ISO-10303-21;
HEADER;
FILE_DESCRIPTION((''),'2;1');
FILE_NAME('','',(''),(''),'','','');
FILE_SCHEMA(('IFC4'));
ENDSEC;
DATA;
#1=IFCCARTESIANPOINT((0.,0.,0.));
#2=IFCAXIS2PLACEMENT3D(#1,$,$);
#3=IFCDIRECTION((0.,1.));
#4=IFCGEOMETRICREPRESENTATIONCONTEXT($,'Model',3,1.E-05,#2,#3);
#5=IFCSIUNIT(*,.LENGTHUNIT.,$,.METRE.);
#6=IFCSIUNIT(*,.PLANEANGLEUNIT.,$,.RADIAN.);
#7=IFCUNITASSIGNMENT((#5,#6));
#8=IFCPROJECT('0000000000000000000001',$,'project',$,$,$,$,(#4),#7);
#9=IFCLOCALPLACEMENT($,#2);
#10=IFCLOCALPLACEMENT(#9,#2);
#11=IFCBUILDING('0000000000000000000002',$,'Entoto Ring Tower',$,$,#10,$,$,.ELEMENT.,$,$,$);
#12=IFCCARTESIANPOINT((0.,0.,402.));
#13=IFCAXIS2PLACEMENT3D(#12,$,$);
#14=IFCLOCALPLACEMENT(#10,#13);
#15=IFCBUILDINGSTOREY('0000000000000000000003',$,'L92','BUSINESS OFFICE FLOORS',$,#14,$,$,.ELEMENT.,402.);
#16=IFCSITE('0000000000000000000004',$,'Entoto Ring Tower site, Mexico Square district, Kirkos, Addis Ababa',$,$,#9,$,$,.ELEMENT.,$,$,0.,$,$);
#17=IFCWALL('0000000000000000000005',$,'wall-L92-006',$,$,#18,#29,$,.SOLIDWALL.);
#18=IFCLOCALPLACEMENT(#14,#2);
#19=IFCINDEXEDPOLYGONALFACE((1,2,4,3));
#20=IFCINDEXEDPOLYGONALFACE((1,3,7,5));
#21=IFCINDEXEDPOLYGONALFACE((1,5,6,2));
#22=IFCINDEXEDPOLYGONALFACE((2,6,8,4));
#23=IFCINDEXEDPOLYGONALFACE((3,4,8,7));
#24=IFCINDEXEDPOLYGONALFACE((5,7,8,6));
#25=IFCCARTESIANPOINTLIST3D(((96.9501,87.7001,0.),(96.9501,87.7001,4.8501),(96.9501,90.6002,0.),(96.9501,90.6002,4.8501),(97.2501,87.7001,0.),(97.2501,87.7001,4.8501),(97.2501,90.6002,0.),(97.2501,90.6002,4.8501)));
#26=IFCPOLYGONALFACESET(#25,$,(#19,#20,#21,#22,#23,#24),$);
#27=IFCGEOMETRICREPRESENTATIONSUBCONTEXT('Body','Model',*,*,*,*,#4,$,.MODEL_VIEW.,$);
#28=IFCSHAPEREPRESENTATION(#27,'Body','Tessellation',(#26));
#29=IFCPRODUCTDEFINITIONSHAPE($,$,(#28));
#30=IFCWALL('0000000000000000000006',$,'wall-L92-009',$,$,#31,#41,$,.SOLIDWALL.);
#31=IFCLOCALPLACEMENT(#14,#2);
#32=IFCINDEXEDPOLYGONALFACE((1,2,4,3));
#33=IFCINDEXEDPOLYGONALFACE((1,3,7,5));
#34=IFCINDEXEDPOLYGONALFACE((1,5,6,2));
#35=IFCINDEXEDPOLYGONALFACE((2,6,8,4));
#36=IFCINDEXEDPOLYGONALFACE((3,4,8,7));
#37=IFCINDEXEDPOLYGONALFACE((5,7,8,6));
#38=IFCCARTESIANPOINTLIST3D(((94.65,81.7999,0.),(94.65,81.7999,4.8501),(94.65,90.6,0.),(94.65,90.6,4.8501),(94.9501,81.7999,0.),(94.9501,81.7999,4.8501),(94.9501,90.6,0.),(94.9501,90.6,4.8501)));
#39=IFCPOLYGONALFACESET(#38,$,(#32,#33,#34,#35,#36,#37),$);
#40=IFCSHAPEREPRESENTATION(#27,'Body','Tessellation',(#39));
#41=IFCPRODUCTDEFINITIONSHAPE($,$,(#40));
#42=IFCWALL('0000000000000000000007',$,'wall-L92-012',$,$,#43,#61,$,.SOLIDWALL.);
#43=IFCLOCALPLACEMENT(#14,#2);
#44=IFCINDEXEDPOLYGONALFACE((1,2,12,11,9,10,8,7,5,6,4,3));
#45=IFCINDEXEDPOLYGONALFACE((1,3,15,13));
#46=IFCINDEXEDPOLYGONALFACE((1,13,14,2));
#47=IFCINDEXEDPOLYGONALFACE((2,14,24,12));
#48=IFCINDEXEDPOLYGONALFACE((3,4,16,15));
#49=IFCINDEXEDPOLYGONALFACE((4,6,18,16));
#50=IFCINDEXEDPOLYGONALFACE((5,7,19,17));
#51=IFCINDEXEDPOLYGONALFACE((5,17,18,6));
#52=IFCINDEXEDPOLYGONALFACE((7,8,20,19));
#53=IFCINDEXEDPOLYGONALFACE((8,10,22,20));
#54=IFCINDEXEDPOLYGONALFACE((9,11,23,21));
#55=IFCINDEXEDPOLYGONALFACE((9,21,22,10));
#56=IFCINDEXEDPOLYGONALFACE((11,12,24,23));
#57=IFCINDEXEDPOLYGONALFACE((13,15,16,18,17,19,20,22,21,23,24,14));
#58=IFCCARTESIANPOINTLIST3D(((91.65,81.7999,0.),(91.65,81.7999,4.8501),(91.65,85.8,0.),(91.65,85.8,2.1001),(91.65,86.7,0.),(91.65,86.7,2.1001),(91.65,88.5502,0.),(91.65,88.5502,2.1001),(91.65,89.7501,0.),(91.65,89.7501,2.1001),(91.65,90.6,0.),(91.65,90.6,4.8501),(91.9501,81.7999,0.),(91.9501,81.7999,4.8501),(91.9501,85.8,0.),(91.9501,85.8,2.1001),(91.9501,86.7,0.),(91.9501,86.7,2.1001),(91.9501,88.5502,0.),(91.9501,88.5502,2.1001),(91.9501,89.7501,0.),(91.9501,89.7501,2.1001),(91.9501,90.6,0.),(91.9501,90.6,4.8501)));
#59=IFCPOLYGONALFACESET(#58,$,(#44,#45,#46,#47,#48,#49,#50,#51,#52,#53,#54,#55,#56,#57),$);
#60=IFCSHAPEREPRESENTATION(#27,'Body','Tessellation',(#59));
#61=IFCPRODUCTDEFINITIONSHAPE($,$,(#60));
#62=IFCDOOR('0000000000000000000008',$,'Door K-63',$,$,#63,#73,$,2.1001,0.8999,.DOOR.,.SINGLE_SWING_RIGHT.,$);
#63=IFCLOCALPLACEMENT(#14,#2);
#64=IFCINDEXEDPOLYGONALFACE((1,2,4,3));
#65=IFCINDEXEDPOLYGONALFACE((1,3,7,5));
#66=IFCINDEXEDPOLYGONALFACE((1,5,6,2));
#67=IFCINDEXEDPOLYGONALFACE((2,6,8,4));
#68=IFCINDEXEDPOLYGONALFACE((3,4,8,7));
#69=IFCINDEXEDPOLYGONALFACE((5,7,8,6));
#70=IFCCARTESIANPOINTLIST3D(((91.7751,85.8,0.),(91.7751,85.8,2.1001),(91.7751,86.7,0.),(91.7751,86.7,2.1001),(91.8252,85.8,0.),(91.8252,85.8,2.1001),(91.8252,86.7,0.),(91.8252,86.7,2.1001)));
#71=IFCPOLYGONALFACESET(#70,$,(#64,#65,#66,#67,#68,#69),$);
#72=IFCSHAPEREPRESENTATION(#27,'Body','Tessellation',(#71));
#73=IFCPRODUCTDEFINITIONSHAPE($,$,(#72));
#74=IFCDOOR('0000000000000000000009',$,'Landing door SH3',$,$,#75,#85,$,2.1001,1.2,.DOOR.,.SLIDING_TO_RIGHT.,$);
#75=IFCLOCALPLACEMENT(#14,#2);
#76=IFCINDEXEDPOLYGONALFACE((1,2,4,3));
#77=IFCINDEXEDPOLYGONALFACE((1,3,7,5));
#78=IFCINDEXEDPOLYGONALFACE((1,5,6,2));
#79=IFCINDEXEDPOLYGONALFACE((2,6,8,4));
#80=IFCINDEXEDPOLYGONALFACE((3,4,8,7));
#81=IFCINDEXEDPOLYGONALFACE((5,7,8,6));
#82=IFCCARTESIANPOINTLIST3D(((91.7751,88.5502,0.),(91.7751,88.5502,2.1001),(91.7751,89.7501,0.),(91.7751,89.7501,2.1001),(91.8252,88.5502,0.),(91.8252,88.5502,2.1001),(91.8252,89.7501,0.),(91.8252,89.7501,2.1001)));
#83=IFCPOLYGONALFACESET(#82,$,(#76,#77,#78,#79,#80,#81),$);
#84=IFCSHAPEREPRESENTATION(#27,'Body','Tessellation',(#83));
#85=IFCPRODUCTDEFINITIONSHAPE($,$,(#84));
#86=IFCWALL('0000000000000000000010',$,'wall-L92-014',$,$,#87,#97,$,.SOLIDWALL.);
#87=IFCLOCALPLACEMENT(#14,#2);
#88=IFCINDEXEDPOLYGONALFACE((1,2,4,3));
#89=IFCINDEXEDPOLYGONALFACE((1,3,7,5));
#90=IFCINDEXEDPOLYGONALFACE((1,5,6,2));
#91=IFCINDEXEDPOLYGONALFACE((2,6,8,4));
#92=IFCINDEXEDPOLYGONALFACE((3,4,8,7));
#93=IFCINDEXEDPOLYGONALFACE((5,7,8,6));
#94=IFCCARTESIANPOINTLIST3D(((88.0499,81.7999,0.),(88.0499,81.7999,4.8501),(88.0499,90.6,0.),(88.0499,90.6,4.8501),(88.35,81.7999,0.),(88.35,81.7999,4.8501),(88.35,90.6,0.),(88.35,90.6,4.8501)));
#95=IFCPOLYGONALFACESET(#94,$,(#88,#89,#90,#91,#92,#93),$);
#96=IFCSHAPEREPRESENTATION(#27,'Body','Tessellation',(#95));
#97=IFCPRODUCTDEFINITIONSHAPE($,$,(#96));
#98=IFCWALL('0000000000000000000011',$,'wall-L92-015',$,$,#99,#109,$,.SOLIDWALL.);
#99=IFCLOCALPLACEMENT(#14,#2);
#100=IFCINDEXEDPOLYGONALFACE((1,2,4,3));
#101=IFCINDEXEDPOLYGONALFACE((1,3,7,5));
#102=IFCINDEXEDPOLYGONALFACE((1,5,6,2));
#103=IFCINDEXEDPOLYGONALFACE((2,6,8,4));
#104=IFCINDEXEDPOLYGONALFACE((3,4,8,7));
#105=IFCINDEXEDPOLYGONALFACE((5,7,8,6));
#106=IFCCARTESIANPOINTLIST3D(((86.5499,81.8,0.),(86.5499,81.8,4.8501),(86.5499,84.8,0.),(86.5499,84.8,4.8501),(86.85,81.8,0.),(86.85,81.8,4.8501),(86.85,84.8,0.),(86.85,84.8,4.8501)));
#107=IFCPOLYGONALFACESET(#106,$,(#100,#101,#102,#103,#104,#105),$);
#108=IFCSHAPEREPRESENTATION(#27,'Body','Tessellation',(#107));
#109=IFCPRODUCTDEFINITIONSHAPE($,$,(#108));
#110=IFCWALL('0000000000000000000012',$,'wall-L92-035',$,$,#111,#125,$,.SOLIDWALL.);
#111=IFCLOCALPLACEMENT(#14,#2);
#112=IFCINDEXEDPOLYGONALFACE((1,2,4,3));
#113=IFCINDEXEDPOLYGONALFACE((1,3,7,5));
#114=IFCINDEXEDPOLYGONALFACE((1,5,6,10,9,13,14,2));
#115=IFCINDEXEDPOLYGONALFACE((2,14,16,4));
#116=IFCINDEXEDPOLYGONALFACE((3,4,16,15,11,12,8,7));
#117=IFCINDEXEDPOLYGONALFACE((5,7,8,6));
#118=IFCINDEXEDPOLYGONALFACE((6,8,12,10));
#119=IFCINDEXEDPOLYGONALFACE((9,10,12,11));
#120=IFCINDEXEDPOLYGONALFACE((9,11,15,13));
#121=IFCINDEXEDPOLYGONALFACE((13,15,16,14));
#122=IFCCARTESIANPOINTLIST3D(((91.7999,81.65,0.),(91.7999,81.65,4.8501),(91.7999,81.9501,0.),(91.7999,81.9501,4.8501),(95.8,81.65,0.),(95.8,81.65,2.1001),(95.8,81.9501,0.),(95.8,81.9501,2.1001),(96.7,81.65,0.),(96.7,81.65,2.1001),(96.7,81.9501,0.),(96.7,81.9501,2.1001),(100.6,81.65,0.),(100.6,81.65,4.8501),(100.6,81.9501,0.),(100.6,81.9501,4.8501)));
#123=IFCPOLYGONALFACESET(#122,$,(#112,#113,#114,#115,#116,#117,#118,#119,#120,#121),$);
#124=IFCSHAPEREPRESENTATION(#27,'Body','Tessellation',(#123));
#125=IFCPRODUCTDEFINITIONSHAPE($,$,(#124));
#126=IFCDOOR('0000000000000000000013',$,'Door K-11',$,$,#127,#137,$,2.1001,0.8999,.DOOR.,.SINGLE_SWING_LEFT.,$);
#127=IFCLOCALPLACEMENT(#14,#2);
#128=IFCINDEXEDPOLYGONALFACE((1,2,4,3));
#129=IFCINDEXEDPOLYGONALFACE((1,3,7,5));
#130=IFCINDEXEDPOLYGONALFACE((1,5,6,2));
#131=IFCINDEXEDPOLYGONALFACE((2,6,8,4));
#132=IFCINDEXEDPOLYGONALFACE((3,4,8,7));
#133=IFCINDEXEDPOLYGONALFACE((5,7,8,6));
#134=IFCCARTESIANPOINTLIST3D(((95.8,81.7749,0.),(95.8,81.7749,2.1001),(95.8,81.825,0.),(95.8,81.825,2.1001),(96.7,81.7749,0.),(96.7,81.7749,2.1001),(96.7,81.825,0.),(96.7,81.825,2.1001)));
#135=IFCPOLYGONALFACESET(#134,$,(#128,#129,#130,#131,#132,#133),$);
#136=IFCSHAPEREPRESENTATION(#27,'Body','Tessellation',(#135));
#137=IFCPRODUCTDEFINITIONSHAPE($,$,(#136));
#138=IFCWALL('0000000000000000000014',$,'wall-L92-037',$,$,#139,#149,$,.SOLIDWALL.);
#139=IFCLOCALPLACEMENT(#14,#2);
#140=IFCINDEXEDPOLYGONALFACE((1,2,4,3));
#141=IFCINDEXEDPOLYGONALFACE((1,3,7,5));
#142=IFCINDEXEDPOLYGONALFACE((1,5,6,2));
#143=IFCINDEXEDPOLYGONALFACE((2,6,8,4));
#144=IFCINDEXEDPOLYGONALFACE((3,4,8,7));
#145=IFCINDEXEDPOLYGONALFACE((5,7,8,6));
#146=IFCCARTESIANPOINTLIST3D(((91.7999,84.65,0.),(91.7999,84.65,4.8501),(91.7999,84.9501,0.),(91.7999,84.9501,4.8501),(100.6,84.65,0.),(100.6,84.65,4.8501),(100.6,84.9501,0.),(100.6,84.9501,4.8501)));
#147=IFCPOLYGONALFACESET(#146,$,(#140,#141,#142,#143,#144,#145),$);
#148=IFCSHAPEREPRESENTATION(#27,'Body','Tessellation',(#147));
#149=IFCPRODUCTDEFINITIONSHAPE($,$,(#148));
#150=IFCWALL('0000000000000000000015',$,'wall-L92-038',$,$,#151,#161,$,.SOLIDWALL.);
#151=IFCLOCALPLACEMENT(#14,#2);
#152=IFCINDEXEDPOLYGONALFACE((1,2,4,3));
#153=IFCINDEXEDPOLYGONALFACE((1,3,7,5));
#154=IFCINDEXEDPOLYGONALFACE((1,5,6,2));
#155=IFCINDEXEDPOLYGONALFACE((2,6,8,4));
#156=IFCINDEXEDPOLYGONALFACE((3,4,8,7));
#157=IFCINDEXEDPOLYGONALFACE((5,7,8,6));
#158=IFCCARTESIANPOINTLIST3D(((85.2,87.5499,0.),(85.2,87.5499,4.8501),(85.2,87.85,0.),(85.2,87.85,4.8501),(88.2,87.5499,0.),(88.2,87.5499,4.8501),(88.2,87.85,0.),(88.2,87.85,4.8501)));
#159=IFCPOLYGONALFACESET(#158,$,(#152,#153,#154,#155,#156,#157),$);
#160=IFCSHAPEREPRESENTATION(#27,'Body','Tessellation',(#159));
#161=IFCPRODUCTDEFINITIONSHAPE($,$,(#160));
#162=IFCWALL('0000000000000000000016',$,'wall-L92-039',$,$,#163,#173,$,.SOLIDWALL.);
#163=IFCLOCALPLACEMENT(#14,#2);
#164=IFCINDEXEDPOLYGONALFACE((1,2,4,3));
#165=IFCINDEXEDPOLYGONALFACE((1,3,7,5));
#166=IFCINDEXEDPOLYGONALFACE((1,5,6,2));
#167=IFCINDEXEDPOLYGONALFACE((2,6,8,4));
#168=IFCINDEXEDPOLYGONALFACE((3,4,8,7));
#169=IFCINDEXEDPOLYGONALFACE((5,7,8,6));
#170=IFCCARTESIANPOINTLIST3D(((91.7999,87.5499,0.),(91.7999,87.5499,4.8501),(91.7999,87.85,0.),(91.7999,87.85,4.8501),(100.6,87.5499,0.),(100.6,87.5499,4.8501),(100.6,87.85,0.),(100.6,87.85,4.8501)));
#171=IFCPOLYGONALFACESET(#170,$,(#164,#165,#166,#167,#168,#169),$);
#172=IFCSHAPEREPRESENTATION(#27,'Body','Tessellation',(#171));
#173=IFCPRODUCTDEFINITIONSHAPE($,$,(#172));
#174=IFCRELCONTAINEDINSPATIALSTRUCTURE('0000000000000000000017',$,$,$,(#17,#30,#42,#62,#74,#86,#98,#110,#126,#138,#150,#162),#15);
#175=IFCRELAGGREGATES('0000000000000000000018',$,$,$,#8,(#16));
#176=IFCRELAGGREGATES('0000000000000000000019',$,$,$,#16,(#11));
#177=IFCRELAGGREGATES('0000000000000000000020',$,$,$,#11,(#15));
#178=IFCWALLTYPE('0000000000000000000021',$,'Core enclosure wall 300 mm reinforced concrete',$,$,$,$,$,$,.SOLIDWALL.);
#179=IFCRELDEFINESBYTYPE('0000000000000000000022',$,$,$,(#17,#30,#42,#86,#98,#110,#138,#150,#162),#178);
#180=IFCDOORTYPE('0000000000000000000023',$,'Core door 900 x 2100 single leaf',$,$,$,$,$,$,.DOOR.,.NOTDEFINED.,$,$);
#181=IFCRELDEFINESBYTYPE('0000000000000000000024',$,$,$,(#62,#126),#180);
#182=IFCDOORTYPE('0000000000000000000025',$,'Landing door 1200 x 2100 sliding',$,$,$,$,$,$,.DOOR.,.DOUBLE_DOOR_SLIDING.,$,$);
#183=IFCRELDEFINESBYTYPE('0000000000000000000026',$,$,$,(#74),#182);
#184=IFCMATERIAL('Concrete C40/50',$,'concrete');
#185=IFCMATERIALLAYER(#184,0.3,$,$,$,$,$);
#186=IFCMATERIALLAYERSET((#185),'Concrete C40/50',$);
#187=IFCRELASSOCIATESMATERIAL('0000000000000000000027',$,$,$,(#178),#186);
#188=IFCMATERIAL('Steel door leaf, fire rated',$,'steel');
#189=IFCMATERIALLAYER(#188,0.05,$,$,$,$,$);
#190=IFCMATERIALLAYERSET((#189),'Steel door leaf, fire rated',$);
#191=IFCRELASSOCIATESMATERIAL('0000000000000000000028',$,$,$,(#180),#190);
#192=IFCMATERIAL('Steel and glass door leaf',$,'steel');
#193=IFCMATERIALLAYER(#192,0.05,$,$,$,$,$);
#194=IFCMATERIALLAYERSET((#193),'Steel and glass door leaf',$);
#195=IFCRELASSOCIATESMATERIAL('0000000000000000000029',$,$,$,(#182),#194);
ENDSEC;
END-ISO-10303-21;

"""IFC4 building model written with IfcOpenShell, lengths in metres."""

from ifc_helpers import new_model, si_unit, direction, frame, frame_2d, origin, place, context, subcontext, project, spatial, rectangle, extrude, material, layer, layer_set, type_object, element, fill, save


model = new_model("IFC4")

# Units and contexts
model_context = context("Model", 3, precision=1e-05, world=origin(), true_north=direction((0.0, 1.0)))
body_context = subcontext(model_context, "Body", "Model", "MODEL_VIEW")
ifc_project = project(units=[si_unit("LENGTHUNIT", "METRE"), si_unit("PLANEANGLEUNIT", "RADIAN")], contexts=[model_context])

# Site, building, storey
site_placement = place(None, origin())
site = spatial("IfcSite", under=ifc_project, at=site_placement, Name="Entoto Ring Tower site, Mexico Square district, Kirkos, Addis Ababa", CompositionType="ELEMENT", RefElevation=0.0)
building_placement = place(site_placement, origin())
building = spatial("IfcBuilding", under=site, at=building_placement, Name="Entoto Ring Tower", CompositionType="ELEMENT")
storey_placement = place(building_placement, frame((0.0, 0.0, 402.0)))
storey = spatial("IfcBuildingStorey", under=building, at=storey_placement, Name="L92", Description="BUSINESS OFFICE FLOORS", CompositionType="ELEMENT", Elevation=402.0)

# Walls
ifc_material_1 = material(Name="Concrete C40/50", Category="concrete")
ifc_layer_1 = layer(ifc_material_1, 0.3)
ifc_layer_set_1 = layer_set([ifc_layer_1], Name="Concrete C40/50")
wall_type = type_object("IfcWallType", Name="Core enclosure wall 300 mm reinforced concrete", PredefinedType="SOLIDWALL", material=ifc_layer_set_1)
wall_1_placement = place(storey_placement, frame((97.1001, 87.7, 0.0), z_axis=(0.0, 0.0, 1.0), x_axis=(0.0, 1.0, 0.0)))
element("IfcWall", 1, at=wall_1_placement, inside=storey, type_object=wall_type, Name="wall-L92-006", PredefinedType="SOLIDWALL", context=body_context, shape_type="SweptSolid", body=[
    extrude(rectangle(XDim=2.9001, YDim=0.3, at=frame_2d((1.4502, 0.0))), origin(), (0.0, 0.0, 1.0), 4.8501),
])
wall_2_placement = place(storey_placement, frame((94.8, 81.8, 0.0), z_axis=(0.0, 0.0, 1.0), x_axis=(0.0, 1.0, 0.0)))
element("IfcWall", 2, at=wall_2_placement, inside=storey, type_object=wall_type, Name="wall-L92-009", PredefinedType="SOLIDWALL", context=body_context, shape_type="SweptSolid", body=[
    extrude(rectangle(XDim=8.8, YDim=0.3, at=frame_2d((4.3999, 0.0))), origin(), (0.0, 0.0, 1.0), 4.8501),
])

# Wall, openings, doors
wall_3_placement = place(storey_placement, frame((91.8, 81.8, 0.0), z_axis=(0.0, 0.0, 1.0), x_axis=(0.0, 1.0, 0.0)))
wall_3 = element("IfcWall", 3, at=wall_3_placement, inside=storey, type_object=wall_type, Name="wall-L92-012", PredefinedType="SOLIDWALL", context=body_context, shape_type="SweptSolid", body=[
    extrude(rectangle(XDim=8.8, YDim=0.3, at=frame_2d((4.3999, 0.0))), origin(), (0.0, 0.0, 1.0), 4.8501),
])
opening_1_placement = place(wall_3_placement, frame((6.75, 0.0, 0.0)))
opening_1 = element("IfcOpeningElement", 4, at=opening_1_placement, cuts=wall_3, PredefinedType="OPENING", context=body_context, shape_type="SweptSolid", body=[
    extrude(rectangle(XDim=1.2, YDim=2.1001, at=frame_2d((0.6001, 1.05))), frame((0.0, 0.1602, 0.0), z_axis=(0.0, -1.0, 0.0), x_axis=(1.0, 0.0, 0.0)), (0.0, 0.0, 1.0), 0.3201),
])
opening_2_placement = place(wall_3_placement, frame((4.0, 0.0, 0.0)))
opening_2 = element("IfcOpeningElement", 5, at=opening_2_placement, cuts=wall_3, PredefinedType="OPENING", context=body_context, shape_type="SweptSolid", body=[
    extrude(rectangle(XDim=0.8999, YDim=2.1001, at=frame_2d((0.45, 1.05))), frame((0.0, 0.1602, 0.0), z_axis=(0.0, -1.0, 0.0), x_axis=(1.0, 0.0, 0.0)), (0.0, 0.0, 1.0), 0.3201),
])
ifc_material_2 = material(Name="Steel door leaf, fire rated", Category="steel")
ifc_layer_2 = layer(ifc_material_2, 0.05)
ifc_layer_set_2 = layer_set([ifc_layer_2], Name="Steel door leaf, fire rated")
door_type_1 = type_object("IfcDoorType", Name="Core door 900 x 2100 single leaf", OperationType="NOTDEFINED", PredefinedType="DOOR", material=ifc_layer_set_2)
door_1_placement = place(opening_2_placement, origin())
door_1 = element("IfcDoor", 6, at=door_1_placement, inside=storey, type_object=door_type_1, Name="Door K-63", OperationType="SINGLE_SWING_RIGHT", OverallHeight=2.1001, OverallWidth=0.8999, PredefinedType="DOOR", context=body_context, shape_type="SweptSolid", body=[
    extrude(rectangle(XDim=0.8999, YDim=2.1001, at=frame_2d((0.45, 1.05))), frame((0.0, 0.0249, 0.0), z_axis=(0.0, -1.0, 0.0), x_axis=(1.0, 0.0, 0.0)), (0.0, 0.0, 1.0), 0.05),
])
fill(opening_2, door_1)
ifc_material_3 = material(Name="Steel and glass door leaf", Category="steel")
ifc_layer_3 = layer(ifc_material_3, 0.05)
ifc_layer_set_3 = layer_set([ifc_layer_3], Name="Steel and glass door leaf")
door_type_2 = type_object("IfcDoorType", Name="Landing door 1200 x 2100 sliding", OperationType="DOUBLE_DOOR_SLIDING", PredefinedType="DOOR", material=ifc_layer_set_3)
door_2_placement = place(opening_1_placement, origin())
door_2 = element("IfcDoor", 7, at=door_2_placement, inside=storey, type_object=door_type_2, Name="Landing door SH3", OperationType="SLIDING_TO_RIGHT", OverallHeight=2.1001, OverallWidth=1.2, PredefinedType="DOOR", context=body_context, shape_type="SweptSolid", body=[
    extrude(rectangle(XDim=1.2, YDim=2.1001, at=frame_2d((0.6001, 1.05))), frame((0.0, 0.0249, 0.0), z_axis=(0.0, -1.0, 0.0), x_axis=(1.0, 0.0, 0.0)), (0.0, 0.0, 1.0), 0.05),
])
fill(opening_1, door_2)

# Walls
wall_4_placement = place(storey_placement, frame((88.2, 81.8, 0.0), z_axis=(0.0, 0.0, 1.0), x_axis=(0.0, 1.0, 0.0)))
element("IfcWall", 8, at=wall_4_placement, inside=storey, type_object=wall_type, Name="wall-L92-014", PredefinedType="SOLIDWALL", context=body_context, shape_type="SweptSolid", body=[
    extrude(rectangle(XDim=8.8, YDim=0.3, at=frame_2d((4.3999, 0.0))), origin(), (0.0, 0.0, 1.0), 4.8501),
])
wall_5_placement = place(storey_placement, frame((86.7, 81.8, 0.0), z_axis=(0.0, 0.0, 1.0), x_axis=(0.0, 1.0, 0.0)))
element("IfcWall", 9, at=wall_5_placement, inside=storey, type_object=wall_type, Name="wall-L92-015", PredefinedType="SOLIDWALL", context=body_context, shape_type="SweptSolid", body=[
    extrude(rectangle(XDim=3.0, YDim=0.3, at=frame_2d((1.5, 0.0))), origin(), (0.0, 0.0, 1.0), 4.8501),
])

# Wall, opening, door
wall_6_placement = place(storey_placement, frame((91.8, 81.8, 0.0), z_axis=(0.0, 0.0, 1.0), x_axis=(1.0, 0.0, 0.0)))
wall_6 = element("IfcWall", 10, at=wall_6_placement, inside=storey, type_object=wall_type, Name="wall-L92-035", PredefinedType="SOLIDWALL", context=body_context, shape_type="SweptSolid", body=[
    extrude(rectangle(XDim=8.8, YDim=0.3, at=frame_2d((4.3999, 0.0))), origin(), (0.0, 0.0, 1.0), 4.8501),
])
opening_3_placement = place(wall_6_placement, frame((4.0, 0.0, 0.0)))
opening_3 = element("IfcOpeningElement", 11, at=opening_3_placement, cuts=wall_6, PredefinedType="OPENING", context=body_context, shape_type="SweptSolid", body=[
    extrude(rectangle(XDim=0.8999, YDim=2.1001, at=frame_2d((0.45, 1.05))), frame((0.0, 0.1602, 0.0), z_axis=(0.0, -1.0, 0.0), x_axis=(1.0, 0.0, 0.0)), (0.0, 0.0, 1.0), 0.3201),
])
door_3_placement = place(opening_3_placement, origin())
door_3 = element("IfcDoor", 12, at=door_3_placement, inside=storey, type_object=door_type_1, Name="Door K-11", OperationType="SINGLE_SWING_LEFT", OverallHeight=2.1001, OverallWidth=0.8999, PredefinedType="DOOR", context=body_context, shape_type="SweptSolid", body=[
    extrude(rectangle(XDim=0.8999, YDim=2.1001, at=frame_2d((0.45, 1.05))), frame((0.0, 0.0249, 0.0), z_axis=(0.0, -1.0, 0.0), x_axis=(1.0, 0.0, 0.0)), (0.0, 0.0, 1.0), 0.05),
])
fill(opening_3, door_3)

# Walls
wall_7_placement = place(storey_placement, frame((91.8, 84.8, 0.0), z_axis=(0.0, 0.0, 1.0), x_axis=(1.0, 0.0, 0.0)))
element("IfcWall", 13, at=wall_7_placement, inside=storey, type_object=wall_type, Name="wall-L92-037", PredefinedType="SOLIDWALL", context=body_context, shape_type="SweptSolid", body=[
    extrude(rectangle(XDim=8.8, YDim=0.3, at=frame_2d((4.3999, 0.0))), origin(), (0.0, 0.0, 1.0), 4.8501),
])
wall_8_placement = place(storey_placement, frame((85.2, 87.7, 0.0), z_axis=(0.0, 0.0, 1.0), x_axis=(1.0, 0.0, 0.0)))
element("IfcWall", 14, at=wall_8_placement, inside=storey, type_object=wall_type, Name="wall-L92-038", PredefinedType="SOLIDWALL", context=body_context, shape_type="SweptSolid", body=[
    extrude(rectangle(XDim=3.0, YDim=0.3, at=frame_2d((1.5, 0.0))), origin(), (0.0, 0.0, 1.0), 4.8501),
])
wall_9_placement = place(storey_placement, frame((91.8, 87.7, 0.0), z_axis=(0.0, 0.0, 1.0), x_axis=(1.0, 0.0, 0.0)))
element("IfcWall", 15, at=wall_9_placement, inside=storey, type_object=wall_type, Name="wall-L92-039", PredefinedType="SOLIDWALL", context=body_context, shape_type="SweptSolid", body=[
    extrude(rectangle(XDim=8.8, YDim=0.3, at=frame_2d((4.3999, 0.0))), origin(), (0.0, 0.0, 1.0), 4.8501),
])

save(model, "model.ifc")
